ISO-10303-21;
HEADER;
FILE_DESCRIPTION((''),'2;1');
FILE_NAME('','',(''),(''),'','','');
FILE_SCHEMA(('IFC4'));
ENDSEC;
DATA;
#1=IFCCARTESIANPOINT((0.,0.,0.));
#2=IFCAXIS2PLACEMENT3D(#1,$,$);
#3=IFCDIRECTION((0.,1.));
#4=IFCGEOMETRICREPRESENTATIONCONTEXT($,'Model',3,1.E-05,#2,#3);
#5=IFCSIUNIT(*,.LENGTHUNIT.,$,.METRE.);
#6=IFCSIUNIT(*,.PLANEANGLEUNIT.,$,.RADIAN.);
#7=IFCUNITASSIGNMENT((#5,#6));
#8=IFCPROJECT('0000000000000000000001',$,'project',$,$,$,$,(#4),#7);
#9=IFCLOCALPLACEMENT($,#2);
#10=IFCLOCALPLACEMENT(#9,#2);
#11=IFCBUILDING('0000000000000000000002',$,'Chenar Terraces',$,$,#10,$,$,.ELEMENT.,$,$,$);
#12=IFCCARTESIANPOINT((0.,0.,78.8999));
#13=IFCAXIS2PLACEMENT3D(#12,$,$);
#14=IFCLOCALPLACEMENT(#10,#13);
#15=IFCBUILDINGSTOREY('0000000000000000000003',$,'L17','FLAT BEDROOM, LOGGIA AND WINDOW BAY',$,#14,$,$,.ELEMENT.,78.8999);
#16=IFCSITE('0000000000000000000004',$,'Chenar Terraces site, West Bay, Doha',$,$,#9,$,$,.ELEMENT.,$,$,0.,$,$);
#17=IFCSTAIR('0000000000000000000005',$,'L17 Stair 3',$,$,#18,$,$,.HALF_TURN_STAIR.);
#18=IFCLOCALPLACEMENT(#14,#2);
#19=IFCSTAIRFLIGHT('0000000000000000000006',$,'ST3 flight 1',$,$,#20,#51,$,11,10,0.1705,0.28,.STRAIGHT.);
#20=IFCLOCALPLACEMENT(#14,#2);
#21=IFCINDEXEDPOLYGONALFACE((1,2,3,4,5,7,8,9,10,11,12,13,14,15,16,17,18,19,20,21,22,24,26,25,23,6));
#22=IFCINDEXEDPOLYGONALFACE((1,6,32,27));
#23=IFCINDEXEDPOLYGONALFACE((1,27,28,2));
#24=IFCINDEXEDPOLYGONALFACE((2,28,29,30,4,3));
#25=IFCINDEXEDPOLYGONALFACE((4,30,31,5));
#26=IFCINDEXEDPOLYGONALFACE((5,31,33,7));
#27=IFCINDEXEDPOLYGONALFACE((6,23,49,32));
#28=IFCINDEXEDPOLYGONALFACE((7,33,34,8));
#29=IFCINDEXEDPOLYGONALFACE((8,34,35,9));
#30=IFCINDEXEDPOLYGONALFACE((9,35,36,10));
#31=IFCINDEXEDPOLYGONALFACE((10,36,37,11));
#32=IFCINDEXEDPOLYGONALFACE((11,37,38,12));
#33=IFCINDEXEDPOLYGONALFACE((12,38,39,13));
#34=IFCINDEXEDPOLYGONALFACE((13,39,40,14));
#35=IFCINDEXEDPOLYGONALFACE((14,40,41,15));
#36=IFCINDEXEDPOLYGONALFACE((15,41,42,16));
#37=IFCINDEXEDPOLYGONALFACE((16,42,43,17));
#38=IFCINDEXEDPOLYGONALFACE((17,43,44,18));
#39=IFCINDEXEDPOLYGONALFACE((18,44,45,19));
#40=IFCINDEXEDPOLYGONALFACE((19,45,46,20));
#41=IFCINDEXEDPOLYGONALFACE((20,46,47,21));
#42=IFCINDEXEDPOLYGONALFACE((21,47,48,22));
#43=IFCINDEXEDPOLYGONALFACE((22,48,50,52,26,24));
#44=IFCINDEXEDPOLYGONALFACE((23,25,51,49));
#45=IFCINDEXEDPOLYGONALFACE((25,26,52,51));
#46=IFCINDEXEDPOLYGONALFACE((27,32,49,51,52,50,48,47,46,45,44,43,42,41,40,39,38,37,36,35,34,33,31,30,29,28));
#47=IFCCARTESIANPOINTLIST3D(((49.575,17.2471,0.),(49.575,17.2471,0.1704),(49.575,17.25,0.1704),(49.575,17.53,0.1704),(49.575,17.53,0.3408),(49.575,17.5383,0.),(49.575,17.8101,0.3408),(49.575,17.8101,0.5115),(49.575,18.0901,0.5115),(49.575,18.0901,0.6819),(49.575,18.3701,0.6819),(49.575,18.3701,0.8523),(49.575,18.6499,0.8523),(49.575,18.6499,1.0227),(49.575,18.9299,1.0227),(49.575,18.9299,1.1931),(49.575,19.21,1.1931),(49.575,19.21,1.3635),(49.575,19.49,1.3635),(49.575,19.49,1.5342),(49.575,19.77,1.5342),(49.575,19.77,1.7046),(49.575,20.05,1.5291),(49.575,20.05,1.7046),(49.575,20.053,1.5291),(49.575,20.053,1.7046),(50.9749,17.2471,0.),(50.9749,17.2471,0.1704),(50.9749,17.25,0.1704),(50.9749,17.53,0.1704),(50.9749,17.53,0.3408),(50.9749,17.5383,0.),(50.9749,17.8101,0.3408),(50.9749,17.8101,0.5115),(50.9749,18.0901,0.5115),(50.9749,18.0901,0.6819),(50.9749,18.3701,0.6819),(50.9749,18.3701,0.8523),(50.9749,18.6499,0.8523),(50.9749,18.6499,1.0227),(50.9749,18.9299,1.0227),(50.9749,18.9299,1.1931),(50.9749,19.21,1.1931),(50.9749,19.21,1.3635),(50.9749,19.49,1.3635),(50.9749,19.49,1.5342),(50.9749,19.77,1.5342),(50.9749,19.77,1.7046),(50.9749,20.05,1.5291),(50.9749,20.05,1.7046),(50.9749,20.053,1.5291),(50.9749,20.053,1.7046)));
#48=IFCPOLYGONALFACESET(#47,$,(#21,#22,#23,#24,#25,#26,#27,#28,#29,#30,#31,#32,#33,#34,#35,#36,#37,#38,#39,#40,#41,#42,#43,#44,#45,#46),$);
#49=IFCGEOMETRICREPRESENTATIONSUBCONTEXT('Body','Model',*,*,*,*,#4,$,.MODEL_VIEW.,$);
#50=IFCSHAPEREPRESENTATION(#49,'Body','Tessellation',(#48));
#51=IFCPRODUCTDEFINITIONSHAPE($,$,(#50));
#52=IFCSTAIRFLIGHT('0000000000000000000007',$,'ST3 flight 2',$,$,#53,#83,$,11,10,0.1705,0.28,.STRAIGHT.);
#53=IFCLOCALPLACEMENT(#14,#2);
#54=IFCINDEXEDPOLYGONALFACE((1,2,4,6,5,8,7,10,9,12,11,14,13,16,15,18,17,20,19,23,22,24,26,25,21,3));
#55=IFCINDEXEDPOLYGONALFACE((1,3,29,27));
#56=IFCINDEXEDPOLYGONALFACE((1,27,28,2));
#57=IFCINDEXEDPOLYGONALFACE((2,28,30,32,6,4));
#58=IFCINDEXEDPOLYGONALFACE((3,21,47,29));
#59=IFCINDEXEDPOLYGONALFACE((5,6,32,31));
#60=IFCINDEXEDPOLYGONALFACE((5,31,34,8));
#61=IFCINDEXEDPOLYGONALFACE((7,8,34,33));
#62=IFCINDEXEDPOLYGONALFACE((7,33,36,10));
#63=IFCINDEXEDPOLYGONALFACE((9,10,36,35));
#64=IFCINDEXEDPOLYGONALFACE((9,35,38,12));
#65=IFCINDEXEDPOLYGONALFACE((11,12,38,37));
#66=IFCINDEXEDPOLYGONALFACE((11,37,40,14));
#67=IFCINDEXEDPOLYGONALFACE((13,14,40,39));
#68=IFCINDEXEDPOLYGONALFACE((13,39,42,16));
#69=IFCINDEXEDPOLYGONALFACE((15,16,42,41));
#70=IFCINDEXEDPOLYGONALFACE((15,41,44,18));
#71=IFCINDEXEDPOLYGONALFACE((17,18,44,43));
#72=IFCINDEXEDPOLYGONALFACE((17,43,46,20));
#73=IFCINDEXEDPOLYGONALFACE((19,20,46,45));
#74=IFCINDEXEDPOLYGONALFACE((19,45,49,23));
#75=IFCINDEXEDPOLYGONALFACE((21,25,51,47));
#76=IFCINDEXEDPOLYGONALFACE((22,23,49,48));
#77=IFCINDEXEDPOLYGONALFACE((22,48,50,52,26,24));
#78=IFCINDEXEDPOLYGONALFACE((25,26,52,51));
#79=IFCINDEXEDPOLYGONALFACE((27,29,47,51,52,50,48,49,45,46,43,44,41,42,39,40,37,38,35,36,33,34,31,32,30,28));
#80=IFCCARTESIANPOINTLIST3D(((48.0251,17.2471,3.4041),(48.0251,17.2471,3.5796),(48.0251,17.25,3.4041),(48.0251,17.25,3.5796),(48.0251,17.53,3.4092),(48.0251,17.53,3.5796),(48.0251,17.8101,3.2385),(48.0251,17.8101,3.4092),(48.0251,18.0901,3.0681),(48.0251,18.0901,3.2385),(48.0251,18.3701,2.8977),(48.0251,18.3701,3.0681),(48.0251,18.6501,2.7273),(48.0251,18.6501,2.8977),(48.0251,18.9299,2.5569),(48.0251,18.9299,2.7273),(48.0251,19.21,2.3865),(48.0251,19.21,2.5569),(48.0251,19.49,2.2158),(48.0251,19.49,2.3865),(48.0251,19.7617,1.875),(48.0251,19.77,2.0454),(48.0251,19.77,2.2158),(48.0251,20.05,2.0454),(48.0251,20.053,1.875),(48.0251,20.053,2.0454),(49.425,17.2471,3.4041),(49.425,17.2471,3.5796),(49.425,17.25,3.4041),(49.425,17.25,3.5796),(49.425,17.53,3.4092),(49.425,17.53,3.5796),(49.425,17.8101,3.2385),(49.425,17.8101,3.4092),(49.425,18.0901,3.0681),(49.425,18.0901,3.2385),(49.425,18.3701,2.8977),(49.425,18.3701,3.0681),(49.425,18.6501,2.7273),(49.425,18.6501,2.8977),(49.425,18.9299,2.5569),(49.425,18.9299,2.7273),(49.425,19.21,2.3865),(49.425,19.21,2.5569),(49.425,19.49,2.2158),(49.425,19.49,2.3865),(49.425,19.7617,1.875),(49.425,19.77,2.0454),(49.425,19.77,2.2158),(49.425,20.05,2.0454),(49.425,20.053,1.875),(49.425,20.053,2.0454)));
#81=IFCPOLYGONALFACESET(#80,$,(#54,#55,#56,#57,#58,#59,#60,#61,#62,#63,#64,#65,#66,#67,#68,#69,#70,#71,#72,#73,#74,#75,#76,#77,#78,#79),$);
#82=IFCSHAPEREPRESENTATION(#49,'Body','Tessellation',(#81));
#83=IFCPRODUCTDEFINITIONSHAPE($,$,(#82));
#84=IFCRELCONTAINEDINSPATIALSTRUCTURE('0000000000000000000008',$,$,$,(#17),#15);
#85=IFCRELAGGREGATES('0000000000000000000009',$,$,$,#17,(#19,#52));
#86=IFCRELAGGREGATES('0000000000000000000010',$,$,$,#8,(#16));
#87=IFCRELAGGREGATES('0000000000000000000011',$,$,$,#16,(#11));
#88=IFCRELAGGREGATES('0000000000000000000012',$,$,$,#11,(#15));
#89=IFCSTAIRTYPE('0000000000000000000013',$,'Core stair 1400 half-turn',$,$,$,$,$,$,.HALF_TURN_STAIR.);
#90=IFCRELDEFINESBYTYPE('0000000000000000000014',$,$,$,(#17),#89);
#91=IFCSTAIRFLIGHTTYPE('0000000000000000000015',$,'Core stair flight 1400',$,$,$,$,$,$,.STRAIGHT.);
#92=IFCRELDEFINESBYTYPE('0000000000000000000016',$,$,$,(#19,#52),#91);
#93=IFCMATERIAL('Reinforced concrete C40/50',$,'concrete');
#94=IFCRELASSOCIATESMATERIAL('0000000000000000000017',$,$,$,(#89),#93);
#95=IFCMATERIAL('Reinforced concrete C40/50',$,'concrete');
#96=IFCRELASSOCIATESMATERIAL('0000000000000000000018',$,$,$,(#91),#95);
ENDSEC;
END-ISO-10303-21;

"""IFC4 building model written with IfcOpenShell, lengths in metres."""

from ifc_helpers import new_model, si_unit, direction, frame, origin, place, context, subcontext, project, spatial, polyline, outline, extrude, material, type_object, element, aggregate, save


model = new_model("IFC4")

# Units and contexts
model_context = context("Model", 3, precision=1e-05, world=origin(), true_north=direction((0.0, 1.0)))
body_context = subcontext(model_context, "Body", "Model", "MODEL_VIEW")
ifc_project = project(units=[si_unit("LENGTHUNIT", "METRE"), si_unit("PLANEANGLEUNIT", "RADIAN")], contexts=[model_context])

# Site, building, storey
site_placement = place(None, origin())
site = spatial("IfcSite", under=ifc_project, at=site_placement, Name="Chenar Terraces site, West Bay, Doha", CompositionType="ELEMENT", RefElevation=0.0)
building_placement = place(site_placement, origin())
building = spatial("IfcBuilding", under=site, at=building_placement, Name="Chenar Terraces", CompositionType="ELEMENT")
storey_placement = place(building_placement, frame((0.0, 0.0, 78.8999)))
storey = spatial("IfcBuildingStorey", under=building, at=storey_placement, Name="L17", Description="FLAT BEDROOM, LOGGIA AND WINDOW BAY", CompositionType="ELEMENT", Elevation=78.8999)

# Stair, stair flights
ifc_material_1 = material(Name="Reinforced concrete C40/50", Category="concrete")
stair_type = type_object("IfcStairType", Name="Core stair 1400 half-turn", PredefinedType="HALF_TURN_STAIR", material=ifc_material_1)
stair_placement = place(storey_placement, origin())
stair = element("IfcStair", 1, at=stair_placement, inside=storey, type_object=stair_type, Name="L17 Stair 3", PredefinedType="HALF_TURN_STAIR")
ifc_material_2 = material(Name="Reinforced concrete C40/50", Category="concrete")
stair_flight_type = type_object("IfcStairFlightType", Name="Core stair flight 1400", PredefinedType="STRAIGHT", material=ifc_material_2)
stair_flight_1_placement = place(storey_placement, frame((50.2749, 17.25, 0.0), z_axis=(0.0, 0.0, 1.0), x_axis=(0.0, 1.0, 0.0)))
stair_flight_1 = element("IfcStairFlight", 2, at=stair_flight_1_placement, type_object=stair_flight_type, Name="ST3 flight 1", NumberOfRisers=11, NumberOfTreads=10, PredefinedType="STRAIGHT", RiserHeight=0.1705, TreadLength=0.28, context=body_context, shape_type="SweptSolid", body=[
    extrude(outline(polyline([(-0.0029, 0.0), (-0.0029, 0.1704), (0.0, 0.1704), (0.28, 0.1704), (0.28, 0.3408), (0.5601, 0.3408), (0.5601, 0.5115), (0.8401, 0.5115), (0.8401, 0.6819), (1.1201, 0.6819), (1.1201, 0.8523), (1.3999, 0.8523), (1.3999, 1.0227), (1.6799, 1.0227), (1.6799, 1.1931), (1.96, 1.1931), (1.96, 1.3635), (2.24, 1.3635), (2.24, 1.5342), (2.52, 1.5342), (2.52, 1.7046), (2.8, 1.7046), (2.803, 1.7046), (2.803, 1.5291), (2.8, 1.5291), (0.2883, 0.0), (-0.0029, 0.0)])), frame((0.0, 0.7, 0.0), z_axis=(0.0, -1.0, 0.0), x_axis=(1.0, 0.0, 0.0)), (0.0, 0.0, 1.0), 1.3999),
])
stair_flight_2_placement = place(storey_placement, frame((48.7251, 20.05, 1.875), z_axis=(0.0, 0.0, 1.0), x_axis=(0.0, -1.0, 0.0)))
stair_flight_2 = element("IfcStairFlight", 3, at=stair_flight_2_placement, type_object=stair_flight_type, Name="ST3 flight 2", NumberOfRisers=11, NumberOfTreads=10, PredefinedType="STRAIGHT", RiserHeight=0.1705, TreadLength=0.28, context=body_context, shape_type="SweptSolid", body=[
    extrude(outline(polyline([(-0.0029, 0.0), (-0.0029, 0.1704), (0.0, 0.1704), (0.28, 0.1704), (0.28, 0.3408), (0.5601, 0.3408), (0.5601, 0.5115), (0.8401, 0.5115), (0.8401, 0.6819), (1.1201, 0.6819), (1.1201, 0.8523), (1.3999, 0.8523), (1.3999, 1.0227), (1.6799, 1.0227), (1.6799, 1.1931), (1.96, 1.1931), (1.96, 1.3635), (2.24, 1.3635), (2.24, 1.5342), (2.52, 1.5342), (2.52, 1.7046), (2.8, 1.7046), (2.803, 1.7046), (2.803, 1.5291), (2.8, 1.5291), (0.2883, 0.0), (-0.0029, 0.0)])), frame((0.0, 0.7, 0.0), z_axis=(0.0, -1.0, 0.0), x_axis=(1.0, 0.0, 0.0)), (0.0, 0.0, 1.0), 1.3999),
])
aggregate(stair, [stair_flight_1, stair_flight_2])

save(model, "model.ifc")
